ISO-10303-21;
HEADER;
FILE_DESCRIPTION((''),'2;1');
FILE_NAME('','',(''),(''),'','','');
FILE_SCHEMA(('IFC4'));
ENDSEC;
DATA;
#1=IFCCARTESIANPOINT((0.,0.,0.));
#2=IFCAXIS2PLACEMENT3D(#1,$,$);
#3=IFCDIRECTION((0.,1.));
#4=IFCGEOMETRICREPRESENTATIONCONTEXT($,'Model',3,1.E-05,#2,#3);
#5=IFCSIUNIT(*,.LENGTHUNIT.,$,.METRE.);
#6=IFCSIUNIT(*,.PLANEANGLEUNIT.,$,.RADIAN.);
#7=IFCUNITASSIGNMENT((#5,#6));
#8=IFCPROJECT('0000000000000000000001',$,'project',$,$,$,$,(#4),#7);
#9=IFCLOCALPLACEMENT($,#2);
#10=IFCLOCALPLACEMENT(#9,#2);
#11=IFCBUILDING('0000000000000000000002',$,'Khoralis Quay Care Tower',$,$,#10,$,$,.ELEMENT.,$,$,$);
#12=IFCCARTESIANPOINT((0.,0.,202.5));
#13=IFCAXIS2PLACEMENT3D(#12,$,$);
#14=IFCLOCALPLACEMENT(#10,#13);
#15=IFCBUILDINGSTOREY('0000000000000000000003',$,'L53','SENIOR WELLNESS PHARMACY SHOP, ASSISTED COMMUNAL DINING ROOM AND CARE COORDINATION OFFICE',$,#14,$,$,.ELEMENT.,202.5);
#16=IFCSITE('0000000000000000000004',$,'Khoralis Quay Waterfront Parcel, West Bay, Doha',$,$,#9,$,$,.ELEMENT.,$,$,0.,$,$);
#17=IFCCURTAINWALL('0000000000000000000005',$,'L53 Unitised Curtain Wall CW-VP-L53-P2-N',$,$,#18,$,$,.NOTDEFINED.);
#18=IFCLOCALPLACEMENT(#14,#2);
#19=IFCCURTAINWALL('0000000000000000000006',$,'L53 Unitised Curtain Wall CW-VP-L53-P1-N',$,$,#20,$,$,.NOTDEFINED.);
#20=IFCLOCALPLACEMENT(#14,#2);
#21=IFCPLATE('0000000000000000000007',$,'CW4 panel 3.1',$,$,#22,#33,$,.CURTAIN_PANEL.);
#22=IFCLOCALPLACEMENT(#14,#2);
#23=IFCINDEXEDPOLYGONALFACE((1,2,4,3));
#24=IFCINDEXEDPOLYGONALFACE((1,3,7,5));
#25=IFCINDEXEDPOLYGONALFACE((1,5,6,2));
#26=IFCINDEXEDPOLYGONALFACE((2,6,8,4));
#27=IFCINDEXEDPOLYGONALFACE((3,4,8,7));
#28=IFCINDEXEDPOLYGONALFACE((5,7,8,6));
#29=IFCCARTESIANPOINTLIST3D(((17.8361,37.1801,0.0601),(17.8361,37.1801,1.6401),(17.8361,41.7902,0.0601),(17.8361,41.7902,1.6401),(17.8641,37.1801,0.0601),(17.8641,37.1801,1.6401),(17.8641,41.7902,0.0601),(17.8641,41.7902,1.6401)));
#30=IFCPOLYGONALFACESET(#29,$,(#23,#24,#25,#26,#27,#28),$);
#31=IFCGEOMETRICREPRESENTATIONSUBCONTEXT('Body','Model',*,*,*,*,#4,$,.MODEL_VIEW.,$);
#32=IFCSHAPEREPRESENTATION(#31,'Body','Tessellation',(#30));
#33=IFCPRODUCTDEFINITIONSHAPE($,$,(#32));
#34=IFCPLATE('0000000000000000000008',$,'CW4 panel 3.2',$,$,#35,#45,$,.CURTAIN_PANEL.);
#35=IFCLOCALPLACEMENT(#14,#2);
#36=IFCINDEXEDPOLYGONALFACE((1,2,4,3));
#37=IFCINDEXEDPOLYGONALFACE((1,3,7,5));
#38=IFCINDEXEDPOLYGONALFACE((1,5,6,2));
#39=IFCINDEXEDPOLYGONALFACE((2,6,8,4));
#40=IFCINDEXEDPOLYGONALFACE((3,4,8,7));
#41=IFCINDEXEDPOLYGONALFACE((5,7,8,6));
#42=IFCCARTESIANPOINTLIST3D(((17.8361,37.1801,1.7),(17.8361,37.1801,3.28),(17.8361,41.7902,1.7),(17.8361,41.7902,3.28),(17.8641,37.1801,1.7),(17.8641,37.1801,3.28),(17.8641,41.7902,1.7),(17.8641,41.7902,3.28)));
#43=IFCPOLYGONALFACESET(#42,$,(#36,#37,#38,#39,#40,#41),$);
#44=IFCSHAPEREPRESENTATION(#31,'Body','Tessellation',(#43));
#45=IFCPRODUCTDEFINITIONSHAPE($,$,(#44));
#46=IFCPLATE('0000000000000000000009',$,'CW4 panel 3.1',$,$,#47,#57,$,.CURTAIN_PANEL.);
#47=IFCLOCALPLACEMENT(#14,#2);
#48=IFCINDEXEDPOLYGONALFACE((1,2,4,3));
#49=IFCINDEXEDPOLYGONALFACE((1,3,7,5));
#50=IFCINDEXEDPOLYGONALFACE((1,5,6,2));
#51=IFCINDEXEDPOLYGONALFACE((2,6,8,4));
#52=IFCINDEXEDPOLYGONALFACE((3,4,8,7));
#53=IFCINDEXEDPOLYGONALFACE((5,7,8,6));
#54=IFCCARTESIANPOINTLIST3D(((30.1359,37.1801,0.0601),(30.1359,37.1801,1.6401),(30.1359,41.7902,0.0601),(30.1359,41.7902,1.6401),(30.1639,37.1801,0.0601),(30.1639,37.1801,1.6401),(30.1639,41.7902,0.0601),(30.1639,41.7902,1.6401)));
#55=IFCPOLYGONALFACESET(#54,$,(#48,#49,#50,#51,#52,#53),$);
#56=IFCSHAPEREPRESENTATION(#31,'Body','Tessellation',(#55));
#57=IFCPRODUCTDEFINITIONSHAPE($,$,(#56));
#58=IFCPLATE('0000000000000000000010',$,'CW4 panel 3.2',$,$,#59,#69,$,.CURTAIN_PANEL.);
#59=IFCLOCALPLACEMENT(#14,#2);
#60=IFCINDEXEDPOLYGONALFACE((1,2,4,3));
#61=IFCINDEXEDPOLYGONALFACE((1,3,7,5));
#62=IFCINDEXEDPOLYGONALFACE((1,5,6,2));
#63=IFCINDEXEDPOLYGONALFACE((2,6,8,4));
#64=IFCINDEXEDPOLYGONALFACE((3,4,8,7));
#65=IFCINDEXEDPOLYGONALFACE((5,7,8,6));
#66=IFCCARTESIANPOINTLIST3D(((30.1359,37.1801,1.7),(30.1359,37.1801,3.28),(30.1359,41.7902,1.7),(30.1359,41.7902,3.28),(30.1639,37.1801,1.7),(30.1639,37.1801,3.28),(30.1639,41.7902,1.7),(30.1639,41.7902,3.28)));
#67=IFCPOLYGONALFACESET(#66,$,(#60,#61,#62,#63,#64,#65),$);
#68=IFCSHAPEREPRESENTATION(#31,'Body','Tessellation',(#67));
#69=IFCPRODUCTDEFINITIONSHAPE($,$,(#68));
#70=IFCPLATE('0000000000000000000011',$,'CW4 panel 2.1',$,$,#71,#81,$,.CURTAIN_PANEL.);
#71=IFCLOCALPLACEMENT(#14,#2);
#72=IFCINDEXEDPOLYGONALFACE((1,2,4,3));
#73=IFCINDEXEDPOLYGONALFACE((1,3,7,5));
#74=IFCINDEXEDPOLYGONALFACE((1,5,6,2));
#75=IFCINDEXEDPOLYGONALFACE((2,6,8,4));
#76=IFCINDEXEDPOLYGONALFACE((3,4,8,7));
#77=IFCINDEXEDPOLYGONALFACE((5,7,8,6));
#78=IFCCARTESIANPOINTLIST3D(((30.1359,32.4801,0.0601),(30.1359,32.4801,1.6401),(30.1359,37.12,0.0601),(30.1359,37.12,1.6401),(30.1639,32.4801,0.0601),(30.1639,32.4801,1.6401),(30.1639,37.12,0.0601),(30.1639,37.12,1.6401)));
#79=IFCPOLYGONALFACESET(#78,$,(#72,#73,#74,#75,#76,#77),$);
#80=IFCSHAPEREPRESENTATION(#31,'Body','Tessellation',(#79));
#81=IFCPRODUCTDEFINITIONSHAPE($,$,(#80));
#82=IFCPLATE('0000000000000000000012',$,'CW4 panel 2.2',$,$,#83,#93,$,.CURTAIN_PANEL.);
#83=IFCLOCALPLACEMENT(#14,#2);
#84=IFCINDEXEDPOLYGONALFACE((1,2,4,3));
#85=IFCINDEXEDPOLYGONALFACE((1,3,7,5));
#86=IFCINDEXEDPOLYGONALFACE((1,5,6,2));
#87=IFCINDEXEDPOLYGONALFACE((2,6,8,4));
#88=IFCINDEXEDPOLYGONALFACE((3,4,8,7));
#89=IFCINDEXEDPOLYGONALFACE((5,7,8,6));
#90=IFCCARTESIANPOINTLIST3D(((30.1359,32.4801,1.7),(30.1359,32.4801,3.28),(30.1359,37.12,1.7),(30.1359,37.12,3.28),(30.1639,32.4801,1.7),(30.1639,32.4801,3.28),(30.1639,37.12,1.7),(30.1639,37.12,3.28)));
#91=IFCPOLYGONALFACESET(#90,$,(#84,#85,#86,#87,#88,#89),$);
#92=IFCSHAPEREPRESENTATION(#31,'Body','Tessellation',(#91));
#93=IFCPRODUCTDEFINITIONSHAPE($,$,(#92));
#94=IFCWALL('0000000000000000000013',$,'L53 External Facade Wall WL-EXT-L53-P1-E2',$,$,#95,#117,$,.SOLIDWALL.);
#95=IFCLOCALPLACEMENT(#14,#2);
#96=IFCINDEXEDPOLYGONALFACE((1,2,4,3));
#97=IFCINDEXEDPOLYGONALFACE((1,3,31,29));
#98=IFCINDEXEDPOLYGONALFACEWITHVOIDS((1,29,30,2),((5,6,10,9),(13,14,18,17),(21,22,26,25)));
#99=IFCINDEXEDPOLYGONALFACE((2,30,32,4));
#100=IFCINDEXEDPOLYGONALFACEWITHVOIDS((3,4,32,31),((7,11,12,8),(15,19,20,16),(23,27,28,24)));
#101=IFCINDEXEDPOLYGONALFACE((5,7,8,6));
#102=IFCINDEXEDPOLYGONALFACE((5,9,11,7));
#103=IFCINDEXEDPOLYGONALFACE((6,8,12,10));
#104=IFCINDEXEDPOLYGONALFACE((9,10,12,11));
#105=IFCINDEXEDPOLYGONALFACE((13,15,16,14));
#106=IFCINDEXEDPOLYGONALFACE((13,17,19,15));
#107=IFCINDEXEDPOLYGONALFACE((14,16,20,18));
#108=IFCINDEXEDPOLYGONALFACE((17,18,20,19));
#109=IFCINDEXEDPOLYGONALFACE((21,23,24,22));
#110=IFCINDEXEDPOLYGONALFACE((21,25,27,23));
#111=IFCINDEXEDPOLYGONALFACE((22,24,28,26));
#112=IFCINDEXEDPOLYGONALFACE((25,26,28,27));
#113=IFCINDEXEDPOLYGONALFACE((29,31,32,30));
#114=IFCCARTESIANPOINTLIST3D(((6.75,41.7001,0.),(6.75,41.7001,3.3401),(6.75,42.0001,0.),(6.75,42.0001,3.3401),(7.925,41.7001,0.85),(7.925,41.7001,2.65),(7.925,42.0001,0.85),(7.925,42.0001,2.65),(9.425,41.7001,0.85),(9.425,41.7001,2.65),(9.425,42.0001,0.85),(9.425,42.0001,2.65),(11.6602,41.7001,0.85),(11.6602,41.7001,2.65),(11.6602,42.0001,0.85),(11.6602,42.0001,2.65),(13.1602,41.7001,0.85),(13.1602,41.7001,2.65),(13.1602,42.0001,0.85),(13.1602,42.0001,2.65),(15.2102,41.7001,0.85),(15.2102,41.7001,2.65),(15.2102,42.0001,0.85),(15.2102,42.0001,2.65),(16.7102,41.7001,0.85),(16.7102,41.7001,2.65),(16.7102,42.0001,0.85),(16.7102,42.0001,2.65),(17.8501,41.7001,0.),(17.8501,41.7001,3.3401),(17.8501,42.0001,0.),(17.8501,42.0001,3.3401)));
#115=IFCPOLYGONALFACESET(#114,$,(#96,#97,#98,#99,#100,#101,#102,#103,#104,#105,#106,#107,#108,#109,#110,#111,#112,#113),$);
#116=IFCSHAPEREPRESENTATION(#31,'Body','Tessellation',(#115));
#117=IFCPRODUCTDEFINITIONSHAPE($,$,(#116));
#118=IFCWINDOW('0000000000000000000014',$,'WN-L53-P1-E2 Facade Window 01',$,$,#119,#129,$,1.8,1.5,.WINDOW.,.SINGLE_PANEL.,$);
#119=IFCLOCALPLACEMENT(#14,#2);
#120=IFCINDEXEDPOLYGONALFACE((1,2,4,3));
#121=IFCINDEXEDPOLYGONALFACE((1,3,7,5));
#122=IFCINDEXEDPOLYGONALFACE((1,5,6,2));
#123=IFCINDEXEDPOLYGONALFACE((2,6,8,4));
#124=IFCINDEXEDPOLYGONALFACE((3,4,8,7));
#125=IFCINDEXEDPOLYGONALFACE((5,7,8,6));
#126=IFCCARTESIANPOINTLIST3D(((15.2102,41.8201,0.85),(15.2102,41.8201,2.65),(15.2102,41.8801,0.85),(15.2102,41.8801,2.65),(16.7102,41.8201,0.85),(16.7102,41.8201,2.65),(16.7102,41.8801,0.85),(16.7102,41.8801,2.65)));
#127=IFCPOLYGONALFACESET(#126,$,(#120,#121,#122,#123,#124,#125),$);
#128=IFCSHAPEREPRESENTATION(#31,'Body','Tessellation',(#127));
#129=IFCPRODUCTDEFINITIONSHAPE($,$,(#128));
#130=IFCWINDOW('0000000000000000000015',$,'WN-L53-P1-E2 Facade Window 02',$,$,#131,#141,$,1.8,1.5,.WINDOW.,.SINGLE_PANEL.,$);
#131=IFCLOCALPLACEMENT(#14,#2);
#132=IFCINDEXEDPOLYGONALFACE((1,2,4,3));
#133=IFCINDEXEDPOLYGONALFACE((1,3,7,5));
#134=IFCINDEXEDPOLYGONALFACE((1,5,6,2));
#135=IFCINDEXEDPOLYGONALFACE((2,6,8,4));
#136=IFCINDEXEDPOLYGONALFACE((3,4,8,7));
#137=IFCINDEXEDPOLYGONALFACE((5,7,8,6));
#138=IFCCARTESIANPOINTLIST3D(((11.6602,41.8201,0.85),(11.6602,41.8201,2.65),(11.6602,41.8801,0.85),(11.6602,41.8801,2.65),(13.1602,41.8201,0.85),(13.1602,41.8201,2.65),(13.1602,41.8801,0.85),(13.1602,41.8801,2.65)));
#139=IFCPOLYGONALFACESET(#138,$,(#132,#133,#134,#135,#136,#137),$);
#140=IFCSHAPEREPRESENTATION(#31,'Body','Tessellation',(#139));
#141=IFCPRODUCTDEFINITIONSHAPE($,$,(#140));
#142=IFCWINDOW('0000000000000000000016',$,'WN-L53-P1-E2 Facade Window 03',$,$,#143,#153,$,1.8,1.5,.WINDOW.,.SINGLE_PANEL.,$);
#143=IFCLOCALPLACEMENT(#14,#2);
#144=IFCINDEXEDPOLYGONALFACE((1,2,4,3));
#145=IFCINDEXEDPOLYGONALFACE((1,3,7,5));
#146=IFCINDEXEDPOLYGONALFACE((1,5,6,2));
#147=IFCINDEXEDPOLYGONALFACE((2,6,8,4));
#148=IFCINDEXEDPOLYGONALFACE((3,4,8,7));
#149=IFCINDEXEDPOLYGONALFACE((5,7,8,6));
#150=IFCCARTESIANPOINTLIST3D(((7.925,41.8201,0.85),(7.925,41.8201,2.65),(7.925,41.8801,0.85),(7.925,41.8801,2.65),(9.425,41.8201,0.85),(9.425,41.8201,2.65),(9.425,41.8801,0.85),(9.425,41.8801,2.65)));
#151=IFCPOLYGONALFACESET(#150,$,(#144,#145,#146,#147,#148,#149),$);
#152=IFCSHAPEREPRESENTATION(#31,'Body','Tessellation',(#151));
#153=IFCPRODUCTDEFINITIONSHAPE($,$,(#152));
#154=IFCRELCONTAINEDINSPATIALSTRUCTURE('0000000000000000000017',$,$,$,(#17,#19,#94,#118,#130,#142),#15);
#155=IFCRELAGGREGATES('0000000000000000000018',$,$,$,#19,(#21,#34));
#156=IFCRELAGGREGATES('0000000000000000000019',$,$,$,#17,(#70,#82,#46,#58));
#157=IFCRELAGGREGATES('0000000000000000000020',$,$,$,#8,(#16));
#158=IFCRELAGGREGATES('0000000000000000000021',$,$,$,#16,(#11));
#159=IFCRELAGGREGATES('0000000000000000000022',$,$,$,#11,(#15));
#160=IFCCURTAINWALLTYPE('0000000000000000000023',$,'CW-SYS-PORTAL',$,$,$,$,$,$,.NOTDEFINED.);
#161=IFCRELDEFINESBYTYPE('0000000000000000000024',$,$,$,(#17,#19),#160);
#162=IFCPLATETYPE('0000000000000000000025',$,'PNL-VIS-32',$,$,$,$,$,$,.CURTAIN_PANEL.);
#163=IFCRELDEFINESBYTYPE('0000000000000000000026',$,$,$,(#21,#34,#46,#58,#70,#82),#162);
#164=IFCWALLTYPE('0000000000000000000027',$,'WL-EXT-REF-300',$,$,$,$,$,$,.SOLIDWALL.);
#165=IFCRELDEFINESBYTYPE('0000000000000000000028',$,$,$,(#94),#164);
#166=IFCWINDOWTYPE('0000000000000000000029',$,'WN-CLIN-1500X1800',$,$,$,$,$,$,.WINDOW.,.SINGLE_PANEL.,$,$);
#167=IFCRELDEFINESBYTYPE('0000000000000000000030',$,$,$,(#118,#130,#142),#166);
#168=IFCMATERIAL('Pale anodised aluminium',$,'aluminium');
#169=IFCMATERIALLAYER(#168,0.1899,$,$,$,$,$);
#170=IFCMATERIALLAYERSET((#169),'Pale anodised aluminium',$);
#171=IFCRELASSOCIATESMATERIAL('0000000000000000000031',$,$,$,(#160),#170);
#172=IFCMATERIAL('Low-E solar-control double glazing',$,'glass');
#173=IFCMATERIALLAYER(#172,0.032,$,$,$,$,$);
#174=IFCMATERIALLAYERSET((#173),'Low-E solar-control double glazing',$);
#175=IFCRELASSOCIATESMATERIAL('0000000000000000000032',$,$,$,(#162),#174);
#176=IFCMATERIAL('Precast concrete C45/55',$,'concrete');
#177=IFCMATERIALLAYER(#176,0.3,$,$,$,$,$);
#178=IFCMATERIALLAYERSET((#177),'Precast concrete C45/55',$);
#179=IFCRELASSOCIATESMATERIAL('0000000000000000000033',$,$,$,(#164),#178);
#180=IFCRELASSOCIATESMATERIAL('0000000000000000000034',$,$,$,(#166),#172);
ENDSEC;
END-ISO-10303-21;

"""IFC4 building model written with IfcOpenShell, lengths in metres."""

from ifc_helpers import new_model, si_unit, direction, frame, frame_2d, origin, origin_2d, place, context, subcontext, project, spatial, rectangle, extrude, source, transform, mapped, material, layer, layer_set, type_object, element, fill, aggregate, save


model = new_model("IFC4")

# Units and contexts
model_context = context("Model", 3, precision=1e-05, world=origin(), true_north=direction((0.0, 1.0)))
body_context = subcontext(model_context, "Body", "Model", "MODEL_VIEW")
ifc_project = project(units=[si_unit("LENGTHUNIT", "METRE"), si_unit("PLANEANGLEUNIT", "RADIAN")], contexts=[model_context])

# Site, building, storey
site_placement = place(None, origin())
site = spatial("IfcSite", under=ifc_project, at=site_placement, Name="Khoralis Quay Waterfront Parcel, West Bay, Doha", CompositionType="ELEMENT", RefElevation=0.0)
building_placement = place(site_placement, origin())
building = spatial("IfcBuilding", under=site, at=building_placement, Name="Khoralis Quay Care Tower", CompositionType="ELEMENT")
storey_placement = place(building_placement, frame((0.0, 0.0, 202.5)))
storey = spatial("IfcBuildingStorey", under=building, at=storey_placement, Name="L53", Description="SENIOR WELLNESS PHARMACY SHOP, ASSISTED COMMUNAL DINING ROOM AND CARE COORDINATION OFFICE", CompositionType="ELEMENT", Elevation=202.5)

# Curtain walls
ifc_material_1 = material(Name="Pale anodised aluminium", Category="aluminium")
ifc_layer_1 = layer(ifc_material_1, 0.1899)
ifc_layer_set_1 = layer_set([ifc_layer_1], Name="Pale anodised aluminium")
curtain_wall_type = type_object("IfcCurtainWallType", Name="CW-SYS-PORTAL", PredefinedType="NOTDEFINED", material=ifc_layer_set_1)
curtain_wall_1_placement = place(storey_placement, origin())
curtain_wall_1 = element("IfcCurtainWall", 1, at=curtain_wall_1_placement, inside=storey, type_object=curtain_wall_type, Name="L53 Unitised Curtain Wall CW-VP-L53-P2-N", PredefinedType="NOTDEFINED")
curtain_wall_2_placement = place(storey_placement, origin())
curtain_wall_2 = element("IfcCurtainWall", 2, at=curtain_wall_2_placement, inside=storey, type_object=curtain_wall_type, Name="L53 Unitised Curtain Wall CW-VP-L53-P1-N", PredefinedType="NOTDEFINED")

# Plates
ifc_material_2 = material(Name="Low-E solar-control double glazing", Category="glass")
ifc_layer_2 = layer(ifc_material_2, 0.032)
ifc_layer_set_2 = layer_set([ifc_layer_2], Name="Low-E solar-control double glazing")
plate_type = type_object("IfcPlateType", Name="PNL-VIS-32", PredefinedType="CURTAIN_PANEL", material=ifc_layer_set_2)
shared_shape_1 = source(origin(), body_context, "Body", "SweptSolid", [
    extrude(rectangle(XDim=4.6101, YDim=0.0281, at=origin_2d()), origin(), (0.0, 0.0, 1.0), 1.5801),
])
plate_1_placement = place(storey_placement, frame((17.8501, 39.4851, 0.0601), z_axis=(0.0, 0.0, 1.0), x_axis=(0.0, 1.0, 0.0)))
plate_1 = element("IfcPlate", 3, at=plate_1_placement, type_object=plate_type, Name="CW4 panel 3.1", PredefinedType="CURTAIN_PANEL", context=body_context, shape_type="MappedRepresentation", body=[
    mapped(shared_shape_1, transform((0.0, 0.0, 0.0), scale=1.0)),
])
plate_2_placement = place(storey_placement, frame((17.8501, 39.4851, 1.7), z_axis=(0.0, 0.0, 1.0), x_axis=(0.0, 1.0, 0.0)))
plate_2 = element("IfcPlate", 4, at=plate_2_placement, type_object=plate_type, Name="CW4 panel 3.2", PredefinedType="CURTAIN_PANEL", context=body_context, shape_type="MappedRepresentation", body=[
    mapped(shared_shape_1, transform((0.0, 0.0, 0.0), scale=1.0)),
])
aggregate(curtain_wall_2, [plate_1, plate_2])
plate_3_placement = place(storey_placement, frame((30.1499, 39.4851, 0.0601), z_axis=(0.0, 0.0, 1.0), x_axis=(0.0, 1.0, 0.0)))
plate_3 = element("IfcPlate", 5, at=plate_3_placement, type_object=plate_type, Name="CW4 panel 3.1", PredefinedType="CURTAIN_PANEL", context=body_context, shape_type="MappedRepresentation", body=[
    mapped(shared_shape_1, transform((0.0, 0.0, 0.0), scale=1.0)),
])
plate_4_placement = place(storey_placement, frame((30.1499, 39.4851, 1.7), z_axis=(0.0, 0.0, 1.0), x_axis=(0.0, 1.0, 0.0)))
plate_4 = element("IfcPlate", 6, at=plate_4_placement, type_object=plate_type, Name="CW4 panel 3.2", PredefinedType="CURTAIN_PANEL", context=body_context, shape_type="MappedRepresentation", body=[
    mapped(shared_shape_1, transform((0.0, 0.0, 0.0), scale=1.0)),
])
shared_shape_2 = source(origin(), body_context, "Body", "SweptSolid", [
    extrude(rectangle(XDim=4.6399, YDim=0.0281, at=origin_2d()), origin(), (0.0, 0.0, 1.0), 1.5801),
])
plate_5_placement = place(storey_placement, frame((30.1499, 34.8, 0.0601), z_axis=(0.0, 0.0, 1.0), x_axis=(0.0, 1.0, 0.0)))
plate_5 = element("IfcPlate", 7, at=plate_5_placement, type_object=plate_type, Name="CW4 panel 2.1", PredefinedType="CURTAIN_PANEL", context=body_context, shape_type="MappedRepresentation", body=[
    mapped(shared_shape_2, transform((0.0, 0.0, 0.0), scale=1.0)),
])
plate_6_placement = place(storey_placement, frame((30.1499, 34.8, 1.7), z_axis=(0.0, 0.0, 1.0), x_axis=(0.0, 1.0, 0.0)))
plate_6 = element("IfcPlate", 8, at=plate_6_placement, type_object=plate_type, Name="CW4 panel 2.2", PredefinedType="CURTAIN_PANEL", context=body_context, shape_type="MappedRepresentation", body=[
    mapped(shared_shape_2, transform((0.0, 0.0, 0.0), scale=1.0)),
])
aggregate(curtain_wall_1, [plate_5, plate_6, plate_3, plate_4])

# Wall, openings, windows
ifc_material_3 = material(Name="Precast concrete C45/55", Category="concrete")
ifc_layer_3 = layer(ifc_material_3, 0.3)
ifc_layer_set_3 = layer_set([ifc_layer_3], Name="Precast concrete C45/55")
wall_type = type_object("IfcWallType", Name="WL-EXT-REF-300", PredefinedType="SOLIDWALL", material=ifc_layer_set_3)
wall_placement = place(storey_placement, frame((17.8501, 41.8501, 0.0), z_axis=(0.0, 0.0, 1.0), x_axis=(-1.0, 0.0, 0.0)))
wall = element("IfcWall", 9, at=wall_placement, inside=storey, type_object=wall_type, Name="L53 External Facade Wall WL-EXT-L53-P1-E2", PredefinedType="SOLIDWALL", context=body_context, shape_type="SweptSolid", body=[
    extrude(rectangle(XDim=11.1001, YDim=0.3, at=frame_2d((5.55, 0.0))), origin(), (0.0, 0.0, 1.0), 3.3401),
])
opening_1_placement = place(wall_placement, frame((1.1399, 0.0, 0.8501)))
opening_1 = element("IfcOpeningElement", 10, at=opening_1_placement, cuts=wall, PredefinedType="OPENING", context=body_context, shape_type="SweptSolid", body=[
    extrude(rectangle(XDim=1.5, YDim=1.8, at=frame_2d((0.75, 0.8999))), frame((0.0, 0.1602, 0.0), z_axis=(0.0, -1.0, 0.0), x_axis=(1.0, 0.0, 0.0)), (0.0, 0.0, 1.0), 0.3201),
])
opening_2_placement = place(wall_placement, frame((4.6899, 0.0, 0.8501)))
opening_2 = element("IfcOpeningElement", 11, at=opening_2_placement, cuts=wall, PredefinedType="OPENING", context=body_context, shape_type="SweptSolid", body=[
    extrude(rectangle(XDim=1.5, YDim=1.8, at=frame_2d((0.75, 0.8999))), frame((0.0, 0.1602, 0.0), z_axis=(0.0, -1.0, 0.0), x_axis=(1.0, 0.0, 0.0)), (0.0, 0.0, 1.0), 0.3201),
])
opening_3_placement = place(wall_placement, frame((8.425, 0.0, 0.8501)))
opening_3 = element("IfcOpeningElement", 12, at=opening_3_placement, cuts=wall, PredefinedType="OPENING", context=body_context, shape_type="SweptSolid", body=[
    extrude(rectangle(XDim=1.5, YDim=1.8, at=frame_2d((0.75, 0.8999))), frame((0.0, 0.1602, 0.0), z_axis=(0.0, -1.0, 0.0), x_axis=(1.0, 0.0, 0.0)), (0.0, 0.0, 1.0), 0.3201),
])
window_type = type_object("IfcWindowType", Name="WN-CLIN-1500X1800", PartitioningType="SINGLE_PANEL", PredefinedType="WINDOW", material=ifc_material_2)
shared_shape_3 = source(origin(), body_context, "Body", "SweptSolid", [
    extrude(rectangle(XDim=1.5, YDim=1.8, at=frame_2d((0.75, 0.8999))), frame((0.0, 0.03, 0.0), z_axis=(0.0, -1.0, 0.0), x_axis=(1.0, 0.0, 0.0)), (0.0, 0.0, 1.0), 0.0601),
])
window_1_placement = place(opening_1_placement, origin())
window_1 = element("IfcWindow", 13, at=window_1_placement, inside=storey, type_object=window_type, Name="WN-L53-P1-E2 Facade Window 01", OverallHeight=1.8, OverallWidth=1.5, PartitioningType="SINGLE_PANEL", PredefinedType="WINDOW", context=body_context, shape_type="MappedRepresentation", body=[
    mapped(shared_shape_3, transform((0.0, 0.0, 0.0), scale=1.0)),
])
fill(opening_1, window_1)
window_2_placement = place(opening_2_placement, origin())
window_2 = element("IfcWindow", 14, at=window_2_placement, inside=storey, type_object=window_type, Name="WN-L53-P1-E2 Facade Window 02", OverallHeight=1.8, OverallWidth=1.5, PartitioningType="SINGLE_PANEL", PredefinedType="WINDOW", context=body_context, shape_type="MappedRepresentation", body=[
    mapped(shared_shape_3, transform((0.0, 0.0, 0.0), scale=1.0)),
])
fill(opening_2, window_2)
window_3_placement = place(opening_3_placement, origin())
window_3 = element("IfcWindow", 15, at=window_3_placement, inside=storey, type_object=window_type, Name="WN-L53-P1-E2 Facade Window 03", OverallHeight=1.8, OverallWidth=1.5, PartitioningType="SINGLE_PANEL", PredefinedType="WINDOW", context=body_context, shape_type="MappedRepresentation", body=[
    mapped(shared_shape_3, transform((0.0, 0.0, 0.0), scale=1.0)),
])
fill(opening_3, window_3)

save(model, "model.ifc")
